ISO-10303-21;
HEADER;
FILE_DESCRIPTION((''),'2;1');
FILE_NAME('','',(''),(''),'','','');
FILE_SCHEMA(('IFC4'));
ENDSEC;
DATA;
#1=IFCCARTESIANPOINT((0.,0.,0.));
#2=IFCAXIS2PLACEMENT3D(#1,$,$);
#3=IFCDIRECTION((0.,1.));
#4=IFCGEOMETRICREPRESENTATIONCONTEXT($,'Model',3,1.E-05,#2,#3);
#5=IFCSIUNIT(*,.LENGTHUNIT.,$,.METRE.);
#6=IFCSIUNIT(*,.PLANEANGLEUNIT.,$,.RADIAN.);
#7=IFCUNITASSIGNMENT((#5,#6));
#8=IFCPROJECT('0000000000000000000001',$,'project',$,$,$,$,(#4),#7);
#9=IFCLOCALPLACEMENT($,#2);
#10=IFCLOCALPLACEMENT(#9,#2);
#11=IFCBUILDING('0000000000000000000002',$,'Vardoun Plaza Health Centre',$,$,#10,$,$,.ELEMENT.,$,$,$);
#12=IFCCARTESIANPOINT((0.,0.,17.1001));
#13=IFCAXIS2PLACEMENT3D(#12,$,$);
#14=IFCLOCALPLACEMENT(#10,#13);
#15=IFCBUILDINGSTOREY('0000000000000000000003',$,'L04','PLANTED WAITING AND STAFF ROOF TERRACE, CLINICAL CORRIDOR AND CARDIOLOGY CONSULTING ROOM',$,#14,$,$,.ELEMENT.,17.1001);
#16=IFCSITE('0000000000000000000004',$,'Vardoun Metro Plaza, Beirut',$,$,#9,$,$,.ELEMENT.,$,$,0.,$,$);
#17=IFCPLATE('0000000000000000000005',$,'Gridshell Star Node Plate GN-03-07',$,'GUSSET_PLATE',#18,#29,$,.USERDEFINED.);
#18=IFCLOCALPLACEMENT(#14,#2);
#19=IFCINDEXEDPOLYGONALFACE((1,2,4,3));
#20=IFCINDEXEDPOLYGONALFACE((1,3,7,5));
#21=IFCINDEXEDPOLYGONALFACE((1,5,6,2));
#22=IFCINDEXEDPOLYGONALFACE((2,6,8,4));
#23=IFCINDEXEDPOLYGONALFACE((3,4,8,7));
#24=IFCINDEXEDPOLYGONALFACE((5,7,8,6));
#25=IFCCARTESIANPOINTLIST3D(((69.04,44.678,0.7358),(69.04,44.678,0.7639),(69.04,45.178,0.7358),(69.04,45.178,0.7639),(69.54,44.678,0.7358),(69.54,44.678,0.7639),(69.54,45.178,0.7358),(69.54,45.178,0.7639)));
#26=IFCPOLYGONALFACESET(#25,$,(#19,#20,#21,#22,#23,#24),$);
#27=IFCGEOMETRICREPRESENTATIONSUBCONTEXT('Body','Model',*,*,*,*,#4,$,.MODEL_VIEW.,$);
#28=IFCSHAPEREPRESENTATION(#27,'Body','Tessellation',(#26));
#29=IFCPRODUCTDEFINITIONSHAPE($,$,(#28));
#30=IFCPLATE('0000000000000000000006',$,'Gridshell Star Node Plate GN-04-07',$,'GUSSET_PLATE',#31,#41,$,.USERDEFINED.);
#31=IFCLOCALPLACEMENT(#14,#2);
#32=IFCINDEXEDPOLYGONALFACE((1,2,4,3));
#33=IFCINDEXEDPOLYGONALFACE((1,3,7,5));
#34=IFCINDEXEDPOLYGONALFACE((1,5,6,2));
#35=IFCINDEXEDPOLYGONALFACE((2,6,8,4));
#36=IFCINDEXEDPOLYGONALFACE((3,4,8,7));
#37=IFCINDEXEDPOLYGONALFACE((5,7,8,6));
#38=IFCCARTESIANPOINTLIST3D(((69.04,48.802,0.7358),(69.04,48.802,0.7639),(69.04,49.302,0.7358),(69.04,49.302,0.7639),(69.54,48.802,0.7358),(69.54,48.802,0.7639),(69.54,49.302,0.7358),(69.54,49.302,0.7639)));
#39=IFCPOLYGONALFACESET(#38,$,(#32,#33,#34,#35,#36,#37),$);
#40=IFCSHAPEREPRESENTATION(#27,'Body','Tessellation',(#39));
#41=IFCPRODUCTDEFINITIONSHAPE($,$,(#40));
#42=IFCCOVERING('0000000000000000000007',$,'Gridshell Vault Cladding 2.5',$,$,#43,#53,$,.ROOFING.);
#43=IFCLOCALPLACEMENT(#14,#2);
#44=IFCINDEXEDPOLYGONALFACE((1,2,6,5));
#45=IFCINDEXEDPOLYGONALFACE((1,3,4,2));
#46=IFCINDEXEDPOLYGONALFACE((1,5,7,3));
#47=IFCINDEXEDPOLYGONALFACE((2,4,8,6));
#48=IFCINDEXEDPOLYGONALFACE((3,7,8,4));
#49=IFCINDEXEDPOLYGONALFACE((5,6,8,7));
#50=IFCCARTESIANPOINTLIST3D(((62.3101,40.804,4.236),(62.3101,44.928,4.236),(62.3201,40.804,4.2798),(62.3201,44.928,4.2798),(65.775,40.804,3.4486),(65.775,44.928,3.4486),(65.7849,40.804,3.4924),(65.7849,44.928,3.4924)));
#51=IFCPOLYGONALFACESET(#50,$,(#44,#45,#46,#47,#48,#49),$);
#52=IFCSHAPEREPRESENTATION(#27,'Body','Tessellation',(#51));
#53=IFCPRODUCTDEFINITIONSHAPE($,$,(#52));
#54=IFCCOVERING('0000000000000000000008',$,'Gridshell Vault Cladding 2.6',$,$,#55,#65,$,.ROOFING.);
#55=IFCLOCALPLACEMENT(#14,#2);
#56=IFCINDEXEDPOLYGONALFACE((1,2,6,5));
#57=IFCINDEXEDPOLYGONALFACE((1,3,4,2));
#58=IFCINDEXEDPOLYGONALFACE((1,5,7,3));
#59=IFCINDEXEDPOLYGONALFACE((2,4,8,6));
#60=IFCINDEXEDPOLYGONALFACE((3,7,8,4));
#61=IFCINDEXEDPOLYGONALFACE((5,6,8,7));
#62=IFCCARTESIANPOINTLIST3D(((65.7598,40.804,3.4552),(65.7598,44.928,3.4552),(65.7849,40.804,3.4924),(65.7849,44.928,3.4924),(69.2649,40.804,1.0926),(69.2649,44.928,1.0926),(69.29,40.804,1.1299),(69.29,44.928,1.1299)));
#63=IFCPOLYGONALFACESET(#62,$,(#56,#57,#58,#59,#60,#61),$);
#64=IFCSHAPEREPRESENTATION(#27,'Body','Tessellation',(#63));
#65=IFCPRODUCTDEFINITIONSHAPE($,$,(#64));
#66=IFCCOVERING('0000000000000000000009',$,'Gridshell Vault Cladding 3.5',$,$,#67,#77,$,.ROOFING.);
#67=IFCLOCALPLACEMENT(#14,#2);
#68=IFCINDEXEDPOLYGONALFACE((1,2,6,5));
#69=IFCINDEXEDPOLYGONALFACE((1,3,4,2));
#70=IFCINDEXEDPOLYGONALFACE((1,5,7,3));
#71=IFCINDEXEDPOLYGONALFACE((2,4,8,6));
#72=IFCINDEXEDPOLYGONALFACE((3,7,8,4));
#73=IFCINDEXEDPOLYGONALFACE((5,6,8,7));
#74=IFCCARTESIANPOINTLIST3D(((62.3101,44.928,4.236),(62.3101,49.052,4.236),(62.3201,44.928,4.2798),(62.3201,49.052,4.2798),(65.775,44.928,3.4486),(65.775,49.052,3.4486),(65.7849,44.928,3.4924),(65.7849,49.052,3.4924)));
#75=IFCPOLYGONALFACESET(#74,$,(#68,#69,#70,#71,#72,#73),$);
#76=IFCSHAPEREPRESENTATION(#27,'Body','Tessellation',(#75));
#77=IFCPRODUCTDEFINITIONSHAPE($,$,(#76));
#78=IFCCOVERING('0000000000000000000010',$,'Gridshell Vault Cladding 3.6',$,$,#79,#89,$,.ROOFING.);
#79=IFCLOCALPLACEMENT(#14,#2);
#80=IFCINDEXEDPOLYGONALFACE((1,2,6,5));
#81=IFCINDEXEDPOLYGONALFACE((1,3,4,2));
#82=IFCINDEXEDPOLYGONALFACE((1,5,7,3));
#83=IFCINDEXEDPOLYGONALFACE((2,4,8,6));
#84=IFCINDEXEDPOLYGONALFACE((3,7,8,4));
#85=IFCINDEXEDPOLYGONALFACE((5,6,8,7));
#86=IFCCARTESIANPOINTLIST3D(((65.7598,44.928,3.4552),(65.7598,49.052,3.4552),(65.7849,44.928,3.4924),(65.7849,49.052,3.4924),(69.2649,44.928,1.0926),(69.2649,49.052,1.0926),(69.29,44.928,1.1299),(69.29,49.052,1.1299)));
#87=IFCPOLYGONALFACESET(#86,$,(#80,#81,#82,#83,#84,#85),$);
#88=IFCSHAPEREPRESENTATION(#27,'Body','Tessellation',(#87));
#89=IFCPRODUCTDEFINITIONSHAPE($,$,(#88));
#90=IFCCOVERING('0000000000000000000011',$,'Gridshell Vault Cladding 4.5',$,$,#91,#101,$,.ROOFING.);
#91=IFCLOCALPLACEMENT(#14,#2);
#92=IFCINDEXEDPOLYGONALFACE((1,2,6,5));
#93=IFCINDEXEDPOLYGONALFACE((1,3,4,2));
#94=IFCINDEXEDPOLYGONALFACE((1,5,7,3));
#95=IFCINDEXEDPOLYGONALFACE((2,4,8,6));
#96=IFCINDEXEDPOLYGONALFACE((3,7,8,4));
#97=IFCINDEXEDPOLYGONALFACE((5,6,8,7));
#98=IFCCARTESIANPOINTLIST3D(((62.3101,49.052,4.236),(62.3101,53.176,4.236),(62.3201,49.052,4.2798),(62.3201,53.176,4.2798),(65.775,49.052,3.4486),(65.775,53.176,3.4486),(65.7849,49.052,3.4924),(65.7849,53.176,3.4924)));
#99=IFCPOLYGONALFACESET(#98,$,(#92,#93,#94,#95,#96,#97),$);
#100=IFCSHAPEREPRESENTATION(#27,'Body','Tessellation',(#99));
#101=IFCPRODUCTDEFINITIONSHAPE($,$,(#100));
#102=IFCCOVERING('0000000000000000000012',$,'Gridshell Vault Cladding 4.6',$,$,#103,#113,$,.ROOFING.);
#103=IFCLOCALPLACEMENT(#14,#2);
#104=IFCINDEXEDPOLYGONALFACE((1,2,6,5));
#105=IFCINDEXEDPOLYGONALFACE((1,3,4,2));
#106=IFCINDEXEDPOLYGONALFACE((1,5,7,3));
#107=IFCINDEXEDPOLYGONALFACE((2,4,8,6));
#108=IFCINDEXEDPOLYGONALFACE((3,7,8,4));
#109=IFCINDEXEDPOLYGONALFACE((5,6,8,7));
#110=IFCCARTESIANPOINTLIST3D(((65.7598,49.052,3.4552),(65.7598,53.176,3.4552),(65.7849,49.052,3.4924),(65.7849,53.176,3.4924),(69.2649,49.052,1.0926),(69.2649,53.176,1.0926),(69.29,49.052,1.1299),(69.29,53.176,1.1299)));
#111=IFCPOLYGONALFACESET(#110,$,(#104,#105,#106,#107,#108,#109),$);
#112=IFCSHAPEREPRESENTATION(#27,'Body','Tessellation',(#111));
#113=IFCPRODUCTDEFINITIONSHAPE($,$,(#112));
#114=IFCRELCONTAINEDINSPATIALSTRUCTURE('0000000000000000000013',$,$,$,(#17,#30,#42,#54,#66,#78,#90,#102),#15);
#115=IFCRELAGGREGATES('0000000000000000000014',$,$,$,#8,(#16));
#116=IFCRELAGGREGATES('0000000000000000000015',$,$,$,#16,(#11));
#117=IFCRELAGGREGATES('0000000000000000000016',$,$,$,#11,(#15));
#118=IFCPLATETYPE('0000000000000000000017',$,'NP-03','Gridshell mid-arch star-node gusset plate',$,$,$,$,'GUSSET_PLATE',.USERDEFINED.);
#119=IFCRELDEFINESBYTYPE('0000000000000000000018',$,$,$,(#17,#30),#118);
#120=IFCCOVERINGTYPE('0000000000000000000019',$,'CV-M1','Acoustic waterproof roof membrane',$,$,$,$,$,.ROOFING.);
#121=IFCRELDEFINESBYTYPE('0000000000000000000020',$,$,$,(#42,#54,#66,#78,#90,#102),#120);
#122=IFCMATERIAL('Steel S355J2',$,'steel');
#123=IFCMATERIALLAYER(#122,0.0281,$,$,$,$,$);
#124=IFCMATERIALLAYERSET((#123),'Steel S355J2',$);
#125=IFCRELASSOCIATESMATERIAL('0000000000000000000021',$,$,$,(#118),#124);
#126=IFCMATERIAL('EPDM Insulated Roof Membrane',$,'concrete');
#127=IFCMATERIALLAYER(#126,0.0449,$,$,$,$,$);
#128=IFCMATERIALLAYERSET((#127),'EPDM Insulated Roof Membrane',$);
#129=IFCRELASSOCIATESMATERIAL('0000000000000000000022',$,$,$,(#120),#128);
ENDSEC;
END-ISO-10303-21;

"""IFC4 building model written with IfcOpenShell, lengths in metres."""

from ifc_helpers import new_model, si_unit, direction, frame, origin, origin_2d, place, context, subcontext, project, spatial, polyline, rectangle, outline, extrude, material, layer, layer_set, type_object, element, save


model = new_model("IFC4")

# Units and contexts
model_context = context("Model", 3, precision=1e-05, world=origin(), true_north=direction((0.0, 1.0)))
body_context = subcontext(model_context, "Body", "Model", "MODEL_VIEW")
ifc_project = project(units=[si_unit("LENGTHUNIT", "METRE"), si_unit("PLANEANGLEUNIT", "RADIAN")], contexts=[model_context])

# Site, building, storey
site_placement = place(None, origin())
site = spatial("IfcSite", under=ifc_project, at=site_placement, Name="Vardoun Metro Plaza, Beirut", CompositionType="ELEMENT", RefElevation=0.0)
building_placement = place(site_placement, origin())
building = spatial("IfcBuilding", under=site, at=building_placement, Name="Vardoun Plaza Health Centre", CompositionType="ELEMENT")
storey_placement = place(building_placement, frame((0.0, 0.0, 17.1001)))
storey = spatial("IfcBuildingStorey", under=building, at=storey_placement, Name="L04", Description="PLANTED WAITING AND STAFF ROOF TERRACE, CLINICAL CORRIDOR AND CARDIOLOGY CONSULTING ROOM", CompositionType="ELEMENT", Elevation=17.1001)

# Plates
ifc_material_1 = material(Name="Steel S355J2", Category="steel")
ifc_layer_1 = layer(ifc_material_1, 0.0281)
ifc_layer_set_1 = layer_set([ifc_layer_1], Name="Steel S355J2")
plate_type_1 = type_object("IfcPlateType", Name="NP-03", Description="Gridshell mid-arch star-node gusset plate", ElementType="GUSSET_PLATE", PredefinedType="USERDEFINED", material=ifc_layer_set_1)
for number, where, z_axis, x_axis, name in (
    (1, (69.29, 44.928, 0.7358), (0.0, 0.0, 1.0), (1.0, 0.0, 0.0), "Gridshell Star Node Plate GN-03-07"),
    (2, (69.29, 49.052, 0.7358), (0.0, 0.0, 1.0), (1.0, 0.0, 0.0), "Gridshell Star Node Plate GN-04-07"),
):
    element("IfcPlate", number, at=place(storey_placement, frame(where, z_axis=z_axis, x_axis=x_axis)), inside=storey, type_object=plate_type_1, Name=name, ObjectType="GUSSET_PLATE", PredefinedType="USERDEFINED", context=body_context, shape_type="SweptSolid", body=[
        extrude(rectangle(XDim=0.5, YDim=0.5, at=origin_2d()), origin(), (0.0, 0.0, 1.0), 0.0281),
    ])

# Coverings
ifc_material_2 = material(Name="EPDM Insulated Roof Membrane", Category="concrete")
ifc_layer_2 = layer(ifc_material_2, 0.0449)
ifc_layer_set_2 = layer_set([ifc_layer_2], Name="EPDM Insulated Roof Membrane")
covering_type = type_object("IfcCoveringType", Name="CV-M1", Description="Acoustic waterproof roof membrane", PredefinedType="ROOFING", material=ifc_layer_set_2)
covering_1_placement = place(storey_placement, frame((62.3201, 40.804, 4.2798), z_axis=(0.221591, 0.0, 0.97514), x_axis=(0.97514, 0.0, -0.221591)))
element("IfcCovering", 3, at=covering_1_placement, inside=storey, type_object=covering_type, Name="Gridshell Vault Cladding 2.5", PredefinedType="ROOFING", context=body_context, shape_type="SweptSolid", body=[
    extrude(outline(polyline([(0.0, 0.0), (3.5532, 0.0), (3.5532, 4.124), (0.0, 4.124), (0.0, 0.0)])), origin(), (0.0, 0.0, -1.0), 0.0449),
])
covering_2_placement = place(storey_placement, frame((65.7849, 40.804, 3.4924), z_axis=(0.558918, 0.0, 0.829223), x_axis=(0.829223, 0.0, -0.558918)))
element("IfcCovering", 4, at=covering_2_placement, inside=storey, type_object=covering_type, Name="Gridshell Vault Cladding 2.6", PredefinedType="ROOFING", context=body_context, shape_type="SweptSolid", body=[
    extrude(outline(polyline([(0.0, 0.0), (4.227, 0.0), (4.227, 4.124), (0.0, 4.124), (0.0, 0.0)])), origin(), (0.0, 0.0, -1.0), 0.0449),
])
covering_3_placement = place(storey_placement, frame((62.3201, 44.928, 4.2798), z_axis=(0.221591, 0.0, 0.97514), x_axis=(0.97514, 0.0, -0.221591)))
element("IfcCovering", 5, at=covering_3_placement, inside=storey, type_object=covering_type, Name="Gridshell Vault Cladding 3.5", PredefinedType="ROOFING", context=body_context, shape_type="SweptSolid", body=[
    extrude(outline(polyline([(0.0, 0.0), (3.5532, 0.0), (3.5532, 4.124), (0.0, 4.124), (0.0, 0.0)])), origin(), (0.0, 0.0, -1.0), 0.0449),
])
covering_4_placement = place(storey_placement, frame((65.7849, 44.928, 3.4924), z_axis=(0.558918, 0.0, 0.829223), x_axis=(0.829223, 0.0, -0.558918)))
element("IfcCovering", 6, at=covering_4_placement, inside=storey, type_object=covering_type, Name="Gridshell Vault Cladding 3.6", PredefinedType="ROOFING", context=body_context, shape_type="SweptSolid", body=[
    extrude(outline(polyline([(0.0, 0.0), (4.227, 0.0), (4.227, 4.124), (0.0, 4.124), (0.0, 0.0)])), origin(), (0.0, 0.0, -1.0), 0.0449),
])
covering_5_placement = place(storey_placement, frame((62.3201, 49.052, 4.2798), z_axis=(0.221591, 0.0, 0.97514), x_axis=(0.97514, 0.0, -0.221591)))
element("IfcCovering", 7, at=covering_5_placement, inside=storey, type_object=covering_type, Name="Gridshell Vault Cladding 4.5", PredefinedType="ROOFING", context=body_context, shape_type="SweptSolid", body=[
    extrude(outline(polyline([(0.0, 0.0), (3.5532, 0.0), (3.5532, 4.124), (0.0, 4.124), (0.0, 0.0)])), origin(), (0.0, 0.0, -1.0), 0.0449),
])
covering_6_placement = place(storey_placement, frame((65.7849, 49.052, 3.4924), z_axis=(0.558918, 0.0, 0.829223), x_axis=(0.829223, 0.0, -0.558918)))
element("IfcCovering", 8, at=covering_6_placement, inside=storey, type_object=covering_type, Name="Gridshell Vault Cladding 4.6", PredefinedType="ROOFING", context=body_context, shape_type="SweptSolid", body=[
    extrude(outline(polyline([(0.0, 0.0), (4.227, 0.0), (4.227, 4.124), (0.0, 4.124), (0.0, 0.0)])), origin(), (0.0, 0.0, -1.0), 0.0449),
])

save(model, "model.ifc")
